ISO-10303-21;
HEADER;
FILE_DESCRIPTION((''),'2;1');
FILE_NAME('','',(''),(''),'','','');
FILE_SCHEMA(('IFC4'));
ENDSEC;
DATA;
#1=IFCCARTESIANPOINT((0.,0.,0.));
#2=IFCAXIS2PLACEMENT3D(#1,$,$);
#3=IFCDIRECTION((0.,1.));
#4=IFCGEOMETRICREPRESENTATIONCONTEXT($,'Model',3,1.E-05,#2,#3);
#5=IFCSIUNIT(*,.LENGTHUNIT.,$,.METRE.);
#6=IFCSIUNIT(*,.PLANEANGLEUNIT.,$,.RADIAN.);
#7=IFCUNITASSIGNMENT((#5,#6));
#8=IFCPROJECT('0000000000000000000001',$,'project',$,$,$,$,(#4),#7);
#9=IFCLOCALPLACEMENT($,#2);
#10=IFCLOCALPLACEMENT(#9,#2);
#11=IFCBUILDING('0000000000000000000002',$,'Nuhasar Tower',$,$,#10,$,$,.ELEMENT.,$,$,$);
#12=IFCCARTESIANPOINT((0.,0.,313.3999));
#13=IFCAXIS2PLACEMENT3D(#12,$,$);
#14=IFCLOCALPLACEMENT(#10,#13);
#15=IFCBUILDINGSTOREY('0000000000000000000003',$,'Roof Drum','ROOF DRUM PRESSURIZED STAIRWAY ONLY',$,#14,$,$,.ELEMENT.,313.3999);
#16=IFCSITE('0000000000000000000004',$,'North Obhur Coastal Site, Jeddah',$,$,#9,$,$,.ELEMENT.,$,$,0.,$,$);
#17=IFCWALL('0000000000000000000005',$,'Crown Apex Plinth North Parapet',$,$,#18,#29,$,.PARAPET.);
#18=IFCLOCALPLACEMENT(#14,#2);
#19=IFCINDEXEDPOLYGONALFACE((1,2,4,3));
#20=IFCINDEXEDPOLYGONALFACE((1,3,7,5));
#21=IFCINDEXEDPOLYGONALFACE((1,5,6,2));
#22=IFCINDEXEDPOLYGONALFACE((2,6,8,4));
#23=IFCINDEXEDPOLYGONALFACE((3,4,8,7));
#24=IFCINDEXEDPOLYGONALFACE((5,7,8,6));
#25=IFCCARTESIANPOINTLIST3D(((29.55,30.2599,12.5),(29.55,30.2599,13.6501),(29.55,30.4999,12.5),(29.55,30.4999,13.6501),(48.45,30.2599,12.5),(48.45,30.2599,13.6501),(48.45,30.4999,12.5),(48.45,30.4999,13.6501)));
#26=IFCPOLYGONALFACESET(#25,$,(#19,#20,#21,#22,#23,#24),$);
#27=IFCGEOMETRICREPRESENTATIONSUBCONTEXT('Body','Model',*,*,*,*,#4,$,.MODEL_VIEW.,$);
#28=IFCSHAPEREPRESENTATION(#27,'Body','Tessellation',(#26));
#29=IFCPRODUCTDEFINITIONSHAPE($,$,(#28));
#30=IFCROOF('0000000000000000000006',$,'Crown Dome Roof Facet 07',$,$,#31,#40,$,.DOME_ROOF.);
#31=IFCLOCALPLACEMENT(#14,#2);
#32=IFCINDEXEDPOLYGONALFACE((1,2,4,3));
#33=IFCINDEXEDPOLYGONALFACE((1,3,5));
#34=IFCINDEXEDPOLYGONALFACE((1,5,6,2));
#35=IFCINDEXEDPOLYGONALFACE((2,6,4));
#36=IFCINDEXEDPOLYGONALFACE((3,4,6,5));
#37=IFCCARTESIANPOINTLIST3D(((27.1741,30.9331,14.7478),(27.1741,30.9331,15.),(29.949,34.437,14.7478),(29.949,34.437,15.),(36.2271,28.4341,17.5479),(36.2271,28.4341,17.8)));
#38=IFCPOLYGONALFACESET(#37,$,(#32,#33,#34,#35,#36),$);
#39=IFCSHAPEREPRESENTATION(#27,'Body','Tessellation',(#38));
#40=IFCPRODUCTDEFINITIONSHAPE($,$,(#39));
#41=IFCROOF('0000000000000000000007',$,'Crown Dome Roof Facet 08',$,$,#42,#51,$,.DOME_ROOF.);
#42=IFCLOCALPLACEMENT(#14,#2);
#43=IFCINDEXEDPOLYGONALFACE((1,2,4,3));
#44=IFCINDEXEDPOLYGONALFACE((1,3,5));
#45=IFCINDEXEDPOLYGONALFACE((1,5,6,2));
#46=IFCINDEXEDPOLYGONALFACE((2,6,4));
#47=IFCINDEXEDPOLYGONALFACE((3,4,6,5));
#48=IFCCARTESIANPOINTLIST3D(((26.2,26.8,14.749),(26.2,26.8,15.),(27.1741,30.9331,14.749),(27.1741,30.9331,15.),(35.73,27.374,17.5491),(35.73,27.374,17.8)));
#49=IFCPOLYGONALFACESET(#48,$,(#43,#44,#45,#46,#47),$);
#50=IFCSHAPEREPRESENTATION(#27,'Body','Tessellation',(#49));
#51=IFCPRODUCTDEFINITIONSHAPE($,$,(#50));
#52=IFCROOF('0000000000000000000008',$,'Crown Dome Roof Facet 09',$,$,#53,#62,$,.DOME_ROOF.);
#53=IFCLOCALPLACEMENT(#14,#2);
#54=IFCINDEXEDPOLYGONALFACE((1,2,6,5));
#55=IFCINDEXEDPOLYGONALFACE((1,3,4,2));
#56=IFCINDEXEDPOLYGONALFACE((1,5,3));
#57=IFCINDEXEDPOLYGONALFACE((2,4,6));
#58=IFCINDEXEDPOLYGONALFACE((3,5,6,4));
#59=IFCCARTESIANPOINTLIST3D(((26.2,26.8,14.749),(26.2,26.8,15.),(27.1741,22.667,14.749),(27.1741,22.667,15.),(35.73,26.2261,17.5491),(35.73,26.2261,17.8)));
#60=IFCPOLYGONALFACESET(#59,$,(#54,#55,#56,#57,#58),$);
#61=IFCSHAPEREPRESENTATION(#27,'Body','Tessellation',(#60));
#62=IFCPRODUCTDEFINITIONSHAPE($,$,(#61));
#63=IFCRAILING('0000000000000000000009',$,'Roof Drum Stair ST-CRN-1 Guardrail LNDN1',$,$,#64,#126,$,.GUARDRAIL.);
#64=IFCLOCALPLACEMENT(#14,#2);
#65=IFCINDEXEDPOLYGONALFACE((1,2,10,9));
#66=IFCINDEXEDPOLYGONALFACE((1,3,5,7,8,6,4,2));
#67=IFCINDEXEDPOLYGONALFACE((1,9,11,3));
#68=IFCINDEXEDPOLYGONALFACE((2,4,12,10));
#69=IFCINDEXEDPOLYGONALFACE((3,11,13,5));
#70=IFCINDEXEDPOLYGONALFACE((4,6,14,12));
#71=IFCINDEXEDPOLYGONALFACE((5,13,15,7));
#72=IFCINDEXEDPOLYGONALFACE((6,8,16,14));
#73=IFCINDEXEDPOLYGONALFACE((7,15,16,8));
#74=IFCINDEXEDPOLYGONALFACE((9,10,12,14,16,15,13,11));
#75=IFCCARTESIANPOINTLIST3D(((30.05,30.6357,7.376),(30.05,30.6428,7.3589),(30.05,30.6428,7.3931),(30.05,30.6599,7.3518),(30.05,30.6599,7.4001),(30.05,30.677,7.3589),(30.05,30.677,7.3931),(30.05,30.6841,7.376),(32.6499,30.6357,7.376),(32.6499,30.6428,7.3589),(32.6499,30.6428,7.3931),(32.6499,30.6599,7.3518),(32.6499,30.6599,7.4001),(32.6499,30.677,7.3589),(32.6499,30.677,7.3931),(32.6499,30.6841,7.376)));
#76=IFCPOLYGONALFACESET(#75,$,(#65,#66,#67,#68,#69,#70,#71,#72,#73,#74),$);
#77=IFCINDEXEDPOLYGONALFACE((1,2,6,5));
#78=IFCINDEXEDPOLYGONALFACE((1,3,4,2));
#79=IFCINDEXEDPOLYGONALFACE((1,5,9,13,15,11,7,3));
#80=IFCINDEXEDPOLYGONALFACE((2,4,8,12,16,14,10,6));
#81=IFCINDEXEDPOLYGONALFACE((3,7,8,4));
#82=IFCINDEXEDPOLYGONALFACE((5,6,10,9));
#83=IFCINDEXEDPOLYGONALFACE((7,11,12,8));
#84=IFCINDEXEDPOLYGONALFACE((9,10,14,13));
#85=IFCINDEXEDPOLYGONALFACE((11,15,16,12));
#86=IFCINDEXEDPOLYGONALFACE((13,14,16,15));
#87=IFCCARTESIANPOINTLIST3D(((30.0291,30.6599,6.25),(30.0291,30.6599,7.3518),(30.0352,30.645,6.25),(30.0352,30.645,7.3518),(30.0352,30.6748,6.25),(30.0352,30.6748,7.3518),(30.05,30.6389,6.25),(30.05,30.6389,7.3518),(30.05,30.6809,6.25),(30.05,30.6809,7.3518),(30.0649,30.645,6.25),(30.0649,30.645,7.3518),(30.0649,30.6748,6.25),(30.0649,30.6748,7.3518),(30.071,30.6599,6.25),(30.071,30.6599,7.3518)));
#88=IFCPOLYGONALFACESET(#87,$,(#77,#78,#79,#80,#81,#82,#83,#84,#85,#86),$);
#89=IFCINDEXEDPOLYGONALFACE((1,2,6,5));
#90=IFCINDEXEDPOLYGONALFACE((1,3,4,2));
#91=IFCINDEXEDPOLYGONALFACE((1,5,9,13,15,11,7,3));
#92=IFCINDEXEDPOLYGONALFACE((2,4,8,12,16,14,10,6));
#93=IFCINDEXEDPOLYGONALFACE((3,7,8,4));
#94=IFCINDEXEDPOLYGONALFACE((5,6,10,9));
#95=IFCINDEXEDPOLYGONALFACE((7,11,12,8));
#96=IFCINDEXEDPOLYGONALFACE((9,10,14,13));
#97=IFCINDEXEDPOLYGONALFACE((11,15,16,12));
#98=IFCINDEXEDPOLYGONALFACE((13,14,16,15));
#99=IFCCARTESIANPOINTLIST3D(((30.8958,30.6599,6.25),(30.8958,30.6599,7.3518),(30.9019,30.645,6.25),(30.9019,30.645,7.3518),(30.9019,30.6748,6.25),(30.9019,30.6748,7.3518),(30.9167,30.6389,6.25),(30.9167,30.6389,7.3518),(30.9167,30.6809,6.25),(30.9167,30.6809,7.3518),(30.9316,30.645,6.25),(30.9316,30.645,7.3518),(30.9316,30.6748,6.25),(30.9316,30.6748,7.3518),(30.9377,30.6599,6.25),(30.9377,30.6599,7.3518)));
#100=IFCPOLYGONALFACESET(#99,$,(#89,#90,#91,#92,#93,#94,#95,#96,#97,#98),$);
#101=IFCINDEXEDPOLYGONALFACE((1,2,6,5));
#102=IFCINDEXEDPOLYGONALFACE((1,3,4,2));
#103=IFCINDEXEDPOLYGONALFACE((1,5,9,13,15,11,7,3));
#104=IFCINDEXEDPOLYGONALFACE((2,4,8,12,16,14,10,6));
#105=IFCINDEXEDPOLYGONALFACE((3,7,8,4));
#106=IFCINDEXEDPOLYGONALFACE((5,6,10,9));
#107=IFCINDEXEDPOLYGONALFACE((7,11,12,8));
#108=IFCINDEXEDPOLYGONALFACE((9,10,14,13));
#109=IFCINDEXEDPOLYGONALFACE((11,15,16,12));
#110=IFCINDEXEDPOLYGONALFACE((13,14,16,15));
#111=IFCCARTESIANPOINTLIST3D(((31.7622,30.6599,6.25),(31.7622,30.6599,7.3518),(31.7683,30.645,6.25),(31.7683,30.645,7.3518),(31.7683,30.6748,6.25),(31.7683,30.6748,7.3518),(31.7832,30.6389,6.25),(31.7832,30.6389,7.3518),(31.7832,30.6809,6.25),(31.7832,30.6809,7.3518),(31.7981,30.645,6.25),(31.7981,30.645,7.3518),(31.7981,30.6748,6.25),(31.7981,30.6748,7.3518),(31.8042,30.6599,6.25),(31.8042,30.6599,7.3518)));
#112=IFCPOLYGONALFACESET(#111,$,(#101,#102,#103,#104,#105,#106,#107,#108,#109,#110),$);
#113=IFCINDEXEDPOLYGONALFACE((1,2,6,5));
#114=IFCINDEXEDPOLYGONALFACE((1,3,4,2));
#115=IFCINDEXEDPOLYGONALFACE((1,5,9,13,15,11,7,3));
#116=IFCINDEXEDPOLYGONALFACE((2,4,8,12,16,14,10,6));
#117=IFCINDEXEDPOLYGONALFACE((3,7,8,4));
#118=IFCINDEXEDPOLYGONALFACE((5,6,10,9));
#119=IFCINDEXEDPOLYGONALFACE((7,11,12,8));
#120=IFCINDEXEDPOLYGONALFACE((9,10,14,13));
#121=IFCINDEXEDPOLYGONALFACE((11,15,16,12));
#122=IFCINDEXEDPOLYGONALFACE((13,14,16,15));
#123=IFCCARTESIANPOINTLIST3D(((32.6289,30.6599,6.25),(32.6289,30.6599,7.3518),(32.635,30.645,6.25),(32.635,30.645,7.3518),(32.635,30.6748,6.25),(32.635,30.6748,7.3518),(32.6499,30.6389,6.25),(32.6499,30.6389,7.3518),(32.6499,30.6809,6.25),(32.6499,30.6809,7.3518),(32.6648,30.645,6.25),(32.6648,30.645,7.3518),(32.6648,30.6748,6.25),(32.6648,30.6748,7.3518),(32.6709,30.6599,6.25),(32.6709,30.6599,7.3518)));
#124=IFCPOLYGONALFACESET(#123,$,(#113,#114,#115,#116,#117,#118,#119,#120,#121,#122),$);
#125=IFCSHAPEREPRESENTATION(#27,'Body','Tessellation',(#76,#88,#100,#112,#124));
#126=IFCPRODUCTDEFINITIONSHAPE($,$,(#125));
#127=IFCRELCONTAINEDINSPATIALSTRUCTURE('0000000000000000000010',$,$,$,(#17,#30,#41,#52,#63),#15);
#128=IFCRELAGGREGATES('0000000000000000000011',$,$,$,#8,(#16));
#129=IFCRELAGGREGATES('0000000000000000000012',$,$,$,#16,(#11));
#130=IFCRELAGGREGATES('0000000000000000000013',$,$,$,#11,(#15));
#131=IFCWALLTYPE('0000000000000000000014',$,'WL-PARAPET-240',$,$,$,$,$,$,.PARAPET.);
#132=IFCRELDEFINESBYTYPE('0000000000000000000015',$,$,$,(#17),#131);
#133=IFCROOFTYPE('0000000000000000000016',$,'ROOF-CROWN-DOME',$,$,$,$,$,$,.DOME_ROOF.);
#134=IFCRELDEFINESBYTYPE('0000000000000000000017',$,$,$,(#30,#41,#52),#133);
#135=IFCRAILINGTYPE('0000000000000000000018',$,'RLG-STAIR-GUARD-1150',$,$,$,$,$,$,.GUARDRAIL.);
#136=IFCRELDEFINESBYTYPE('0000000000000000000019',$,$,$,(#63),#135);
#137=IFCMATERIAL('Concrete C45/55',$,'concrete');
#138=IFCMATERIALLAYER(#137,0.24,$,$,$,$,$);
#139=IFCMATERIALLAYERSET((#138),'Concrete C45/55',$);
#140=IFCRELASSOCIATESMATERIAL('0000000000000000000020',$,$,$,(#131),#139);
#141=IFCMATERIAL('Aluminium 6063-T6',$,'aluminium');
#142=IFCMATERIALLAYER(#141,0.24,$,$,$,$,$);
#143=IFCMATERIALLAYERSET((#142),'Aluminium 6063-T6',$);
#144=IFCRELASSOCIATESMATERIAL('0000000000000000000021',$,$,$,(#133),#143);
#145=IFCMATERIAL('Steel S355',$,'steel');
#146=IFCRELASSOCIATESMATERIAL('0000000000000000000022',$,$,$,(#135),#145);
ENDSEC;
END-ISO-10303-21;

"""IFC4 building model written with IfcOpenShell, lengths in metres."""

from ifc_helpers import new_model, si_unit, direction, frame, frame_2d, origin, place, context, subcontext, project, spatial, polyline, rectangle, outline, extrude, material, layer, layer_set, type_object, element, save


model = new_model("IFC4")

# Units and contexts
model_context = context("Model", 3, precision=1e-05, world=origin(), true_north=direction((0.0, 1.0)))
body_context = subcontext(model_context, "Body", "Model", "MODEL_VIEW")
ifc_project = project(units=[si_unit("LENGTHUNIT", "METRE"), si_unit("PLANEANGLEUNIT", "RADIAN")], contexts=[model_context])

# Site, building, storey
site_placement = place(None, origin())
site = spatial("IfcSite", under=ifc_project, at=site_placement, Name="North Obhur Coastal Site, Jeddah", CompositionType="ELEMENT", RefElevation=0.0)
building_placement = place(site_placement, origin())
building = spatial("IfcBuilding", under=site, at=building_placement, Name="Nuhasar Tower", CompositionType="ELEMENT")
storey_placement = place(building_placement, frame((0.0, 0.0, 313.3999)))
storey = spatial("IfcBuildingStorey", under=building, at=storey_placement, Name="Roof Drum", Description="ROOF DRUM PRESSURIZED STAIRWAY ONLY", CompositionType="ELEMENT", Elevation=313.3999)

# Shared definitions
ifc_material_1 = material(Name="Steel S355", Category="steel")

# Shared definitions
ifc_material_2 = material(Name="Aluminium 6063-T6", Category="aluminium")

# Wall
ifc_material_3 = material(Name="Concrete C45/55", Category="concrete")
ifc_layer_1 = layer(ifc_material_3, 0.24)
ifc_layer_set_1 = layer_set([ifc_layer_1], Name="Concrete C45/55")
wall_type_1 = type_object("IfcWallType", Name="WL-PARAPET-240", PredefinedType="PARAPET", material=ifc_layer_set_1)
wall_1_placement = place(storey_placement, frame((29.55, 30.3799, 12.5), z_axis=(0.0, 0.0, 1.0), x_axis=(1.0, 0.0, 0.0)))
element("IfcWall", 1, at=wall_1_placement, inside=storey, type_object=wall_type_1, Name="Crown Apex Plinth North Parapet", PredefinedType="PARAPET", context=body_context, shape_type="SweptSolid", body=[
    extrude(rectangle(XDim=18.8999, YDim=0.24, at=frame_2d((9.45, 0.0))), origin(), (0.0, 0.0, 1.0), 1.1501),
])

# Roofs
ifc_layer_2 = layer(ifc_material_2, 0.24)
ifc_layer_set_2 = layer_set([ifc_layer_2], Name="Aluminium 6063-T6")
roof_type = type_object("IfcRoofType", Name="ROOF-CROWN-DOME", PredefinedType="DOME_ROOF", material=ifc_layer_set_2)
roof_1_placement = place(storey_placement, frame((29.949, 34.437, 15.0), z_axis=(-0.24147, 0.191231, 0.95138), x_axis=(-0.620837, -0.783939, 0.0)))
element("IfcRoof", 2, at=roof_1_placement, inside=storey, type_object=roof_type, Name="Crown Dome Roof Facet 07", PredefinedType="DOME_ROOF", context=body_context, shape_type="SweptSolid", body=[
    extrude(outline(polyline([(0.0, 0.0), (4.4696, 0.0), (0.8083, 9.0905), (0.0, 0.0)])), origin(), (0.0, -0.308021, -0.95138), 0.2522),
])
roof_2_placement = place(storey_placement, frame((27.1741, 30.9331, 15.0), z_axis=(-0.284983, 0.067168, 0.956176), x_axis=(-0.229405, -0.973331, 0.0)))
element("IfcRoof", 3, at=roof_2_placement, inside=storey, type_object=roof_type, Name="Crown Dome Roof Facet 08", PredefinedType="DOME_ROOF", context=body_context, shape_type="SweptSolid", body=[
    extrude(outline(polyline([(0.0, 0.0), (4.2463, 0.0), (1.5014, 9.5633), (0.0, 0.0)])), origin(), (0.0, -0.292791, -0.956176), 0.251),
])
roof_3_placement = place(storey_placement, frame((26.2, 26.8, 15.0), z_axis=(-0.284983, -0.067168, 0.956176), x_axis=(0.229405, -0.973331, 0.0)))
element("IfcRoof", 4, at=roof_3_placement, inside=storey, type_object=roof_type, Name="Crown Dome Roof Facet 09", PredefinedType="DOME_ROOF", context=body_context, shape_type="SweptSolid", body=[
    extrude(outline(polyline([(0.0, 0.0), (4.2463, 0.0), (2.7449, 9.5633), (0.0, 0.0)])), origin(), (0.0, -0.292791, -0.956176), 0.251),
])

# Railing
railing_type = type_object("IfcRailingType", Name="RLG-STAIR-GUARD-1150", PredefinedType="GUARDRAIL", material=ifc_material_1)
railing_placement = place(storey_placement, frame((30.05, 30.6599, 6.25)))
element("IfcRailing", 5, at=railing_placement, inside=storey, type_object=railing_type, Name="Roof Drum Stair ST-CRN-1 Guardrail LNDN1", PredefinedType="GUARDRAIL", context=body_context, shape_type="SweptSolid", body=[
    extrude(outline(polyline([(0.0242, 0.0), (0.0171, 0.0171), (0.0, 0.0242), (-0.0171, 0.0171), (-0.0242, 0.0), (-0.0171, -0.0171), (0.0, -0.0242), (0.0171, -0.0171), (0.0242, 0.0)])), frame((0.0, 0.0, 1.126), z_axis=(1.0, 0.0, 0.0), x_axis=(0.0, 1.0, 0.0)), (0.0, 0.0, 1.0), 2.5999),
    extrude(outline(polyline([(0.021, 0.0), (0.0149, 0.0149), (0.0, 0.021), (-0.0149, 0.0149), (-0.021, 0.0), (-0.0149, -0.0149), (0.0, -0.021), (0.0149, -0.0149), (0.021, 0.0)])), origin(), (0.0, 0.0, 1.0), 1.1018),
    extrude(outline(polyline([(0.021, 0.0), (0.0149, 0.0149), (0.0, 0.021), (-0.0149, 0.0149), (-0.021, 0.0), (-0.0149, -0.0149), (0.0, -0.021), (0.0149, -0.0149), (0.021, 0.0)])), frame((0.8667, 0.0, 0.0)), (0.0, 0.0, 1.0), 1.1018),
    extrude(outline(polyline([(0.021, 0.0), (0.0149, 0.0149), (0.0, 0.021), (-0.0149, 0.0149), (-0.021, 0.0), (-0.0149, -0.0149), (0.0, -0.021), (0.0149, -0.0149), (0.021, 0.0)])), frame((1.7332, 0.0, 0.0)), (0.0, 0.0, 1.0), 1.1018),
    extrude(outline(polyline([(0.021, 0.0), (0.0149, 0.0149), (0.0, 0.021), (-0.0149, 0.0149), (-0.021, 0.0), (-0.0149, -0.0149), (0.0, -0.021), (0.0149, -0.0149), (0.021, 0.0)])), frame((2.5999, 0.0, 0.0)), (0.0, 0.0, 1.0), 1.1018),
])

save(model, "model.ifc")
